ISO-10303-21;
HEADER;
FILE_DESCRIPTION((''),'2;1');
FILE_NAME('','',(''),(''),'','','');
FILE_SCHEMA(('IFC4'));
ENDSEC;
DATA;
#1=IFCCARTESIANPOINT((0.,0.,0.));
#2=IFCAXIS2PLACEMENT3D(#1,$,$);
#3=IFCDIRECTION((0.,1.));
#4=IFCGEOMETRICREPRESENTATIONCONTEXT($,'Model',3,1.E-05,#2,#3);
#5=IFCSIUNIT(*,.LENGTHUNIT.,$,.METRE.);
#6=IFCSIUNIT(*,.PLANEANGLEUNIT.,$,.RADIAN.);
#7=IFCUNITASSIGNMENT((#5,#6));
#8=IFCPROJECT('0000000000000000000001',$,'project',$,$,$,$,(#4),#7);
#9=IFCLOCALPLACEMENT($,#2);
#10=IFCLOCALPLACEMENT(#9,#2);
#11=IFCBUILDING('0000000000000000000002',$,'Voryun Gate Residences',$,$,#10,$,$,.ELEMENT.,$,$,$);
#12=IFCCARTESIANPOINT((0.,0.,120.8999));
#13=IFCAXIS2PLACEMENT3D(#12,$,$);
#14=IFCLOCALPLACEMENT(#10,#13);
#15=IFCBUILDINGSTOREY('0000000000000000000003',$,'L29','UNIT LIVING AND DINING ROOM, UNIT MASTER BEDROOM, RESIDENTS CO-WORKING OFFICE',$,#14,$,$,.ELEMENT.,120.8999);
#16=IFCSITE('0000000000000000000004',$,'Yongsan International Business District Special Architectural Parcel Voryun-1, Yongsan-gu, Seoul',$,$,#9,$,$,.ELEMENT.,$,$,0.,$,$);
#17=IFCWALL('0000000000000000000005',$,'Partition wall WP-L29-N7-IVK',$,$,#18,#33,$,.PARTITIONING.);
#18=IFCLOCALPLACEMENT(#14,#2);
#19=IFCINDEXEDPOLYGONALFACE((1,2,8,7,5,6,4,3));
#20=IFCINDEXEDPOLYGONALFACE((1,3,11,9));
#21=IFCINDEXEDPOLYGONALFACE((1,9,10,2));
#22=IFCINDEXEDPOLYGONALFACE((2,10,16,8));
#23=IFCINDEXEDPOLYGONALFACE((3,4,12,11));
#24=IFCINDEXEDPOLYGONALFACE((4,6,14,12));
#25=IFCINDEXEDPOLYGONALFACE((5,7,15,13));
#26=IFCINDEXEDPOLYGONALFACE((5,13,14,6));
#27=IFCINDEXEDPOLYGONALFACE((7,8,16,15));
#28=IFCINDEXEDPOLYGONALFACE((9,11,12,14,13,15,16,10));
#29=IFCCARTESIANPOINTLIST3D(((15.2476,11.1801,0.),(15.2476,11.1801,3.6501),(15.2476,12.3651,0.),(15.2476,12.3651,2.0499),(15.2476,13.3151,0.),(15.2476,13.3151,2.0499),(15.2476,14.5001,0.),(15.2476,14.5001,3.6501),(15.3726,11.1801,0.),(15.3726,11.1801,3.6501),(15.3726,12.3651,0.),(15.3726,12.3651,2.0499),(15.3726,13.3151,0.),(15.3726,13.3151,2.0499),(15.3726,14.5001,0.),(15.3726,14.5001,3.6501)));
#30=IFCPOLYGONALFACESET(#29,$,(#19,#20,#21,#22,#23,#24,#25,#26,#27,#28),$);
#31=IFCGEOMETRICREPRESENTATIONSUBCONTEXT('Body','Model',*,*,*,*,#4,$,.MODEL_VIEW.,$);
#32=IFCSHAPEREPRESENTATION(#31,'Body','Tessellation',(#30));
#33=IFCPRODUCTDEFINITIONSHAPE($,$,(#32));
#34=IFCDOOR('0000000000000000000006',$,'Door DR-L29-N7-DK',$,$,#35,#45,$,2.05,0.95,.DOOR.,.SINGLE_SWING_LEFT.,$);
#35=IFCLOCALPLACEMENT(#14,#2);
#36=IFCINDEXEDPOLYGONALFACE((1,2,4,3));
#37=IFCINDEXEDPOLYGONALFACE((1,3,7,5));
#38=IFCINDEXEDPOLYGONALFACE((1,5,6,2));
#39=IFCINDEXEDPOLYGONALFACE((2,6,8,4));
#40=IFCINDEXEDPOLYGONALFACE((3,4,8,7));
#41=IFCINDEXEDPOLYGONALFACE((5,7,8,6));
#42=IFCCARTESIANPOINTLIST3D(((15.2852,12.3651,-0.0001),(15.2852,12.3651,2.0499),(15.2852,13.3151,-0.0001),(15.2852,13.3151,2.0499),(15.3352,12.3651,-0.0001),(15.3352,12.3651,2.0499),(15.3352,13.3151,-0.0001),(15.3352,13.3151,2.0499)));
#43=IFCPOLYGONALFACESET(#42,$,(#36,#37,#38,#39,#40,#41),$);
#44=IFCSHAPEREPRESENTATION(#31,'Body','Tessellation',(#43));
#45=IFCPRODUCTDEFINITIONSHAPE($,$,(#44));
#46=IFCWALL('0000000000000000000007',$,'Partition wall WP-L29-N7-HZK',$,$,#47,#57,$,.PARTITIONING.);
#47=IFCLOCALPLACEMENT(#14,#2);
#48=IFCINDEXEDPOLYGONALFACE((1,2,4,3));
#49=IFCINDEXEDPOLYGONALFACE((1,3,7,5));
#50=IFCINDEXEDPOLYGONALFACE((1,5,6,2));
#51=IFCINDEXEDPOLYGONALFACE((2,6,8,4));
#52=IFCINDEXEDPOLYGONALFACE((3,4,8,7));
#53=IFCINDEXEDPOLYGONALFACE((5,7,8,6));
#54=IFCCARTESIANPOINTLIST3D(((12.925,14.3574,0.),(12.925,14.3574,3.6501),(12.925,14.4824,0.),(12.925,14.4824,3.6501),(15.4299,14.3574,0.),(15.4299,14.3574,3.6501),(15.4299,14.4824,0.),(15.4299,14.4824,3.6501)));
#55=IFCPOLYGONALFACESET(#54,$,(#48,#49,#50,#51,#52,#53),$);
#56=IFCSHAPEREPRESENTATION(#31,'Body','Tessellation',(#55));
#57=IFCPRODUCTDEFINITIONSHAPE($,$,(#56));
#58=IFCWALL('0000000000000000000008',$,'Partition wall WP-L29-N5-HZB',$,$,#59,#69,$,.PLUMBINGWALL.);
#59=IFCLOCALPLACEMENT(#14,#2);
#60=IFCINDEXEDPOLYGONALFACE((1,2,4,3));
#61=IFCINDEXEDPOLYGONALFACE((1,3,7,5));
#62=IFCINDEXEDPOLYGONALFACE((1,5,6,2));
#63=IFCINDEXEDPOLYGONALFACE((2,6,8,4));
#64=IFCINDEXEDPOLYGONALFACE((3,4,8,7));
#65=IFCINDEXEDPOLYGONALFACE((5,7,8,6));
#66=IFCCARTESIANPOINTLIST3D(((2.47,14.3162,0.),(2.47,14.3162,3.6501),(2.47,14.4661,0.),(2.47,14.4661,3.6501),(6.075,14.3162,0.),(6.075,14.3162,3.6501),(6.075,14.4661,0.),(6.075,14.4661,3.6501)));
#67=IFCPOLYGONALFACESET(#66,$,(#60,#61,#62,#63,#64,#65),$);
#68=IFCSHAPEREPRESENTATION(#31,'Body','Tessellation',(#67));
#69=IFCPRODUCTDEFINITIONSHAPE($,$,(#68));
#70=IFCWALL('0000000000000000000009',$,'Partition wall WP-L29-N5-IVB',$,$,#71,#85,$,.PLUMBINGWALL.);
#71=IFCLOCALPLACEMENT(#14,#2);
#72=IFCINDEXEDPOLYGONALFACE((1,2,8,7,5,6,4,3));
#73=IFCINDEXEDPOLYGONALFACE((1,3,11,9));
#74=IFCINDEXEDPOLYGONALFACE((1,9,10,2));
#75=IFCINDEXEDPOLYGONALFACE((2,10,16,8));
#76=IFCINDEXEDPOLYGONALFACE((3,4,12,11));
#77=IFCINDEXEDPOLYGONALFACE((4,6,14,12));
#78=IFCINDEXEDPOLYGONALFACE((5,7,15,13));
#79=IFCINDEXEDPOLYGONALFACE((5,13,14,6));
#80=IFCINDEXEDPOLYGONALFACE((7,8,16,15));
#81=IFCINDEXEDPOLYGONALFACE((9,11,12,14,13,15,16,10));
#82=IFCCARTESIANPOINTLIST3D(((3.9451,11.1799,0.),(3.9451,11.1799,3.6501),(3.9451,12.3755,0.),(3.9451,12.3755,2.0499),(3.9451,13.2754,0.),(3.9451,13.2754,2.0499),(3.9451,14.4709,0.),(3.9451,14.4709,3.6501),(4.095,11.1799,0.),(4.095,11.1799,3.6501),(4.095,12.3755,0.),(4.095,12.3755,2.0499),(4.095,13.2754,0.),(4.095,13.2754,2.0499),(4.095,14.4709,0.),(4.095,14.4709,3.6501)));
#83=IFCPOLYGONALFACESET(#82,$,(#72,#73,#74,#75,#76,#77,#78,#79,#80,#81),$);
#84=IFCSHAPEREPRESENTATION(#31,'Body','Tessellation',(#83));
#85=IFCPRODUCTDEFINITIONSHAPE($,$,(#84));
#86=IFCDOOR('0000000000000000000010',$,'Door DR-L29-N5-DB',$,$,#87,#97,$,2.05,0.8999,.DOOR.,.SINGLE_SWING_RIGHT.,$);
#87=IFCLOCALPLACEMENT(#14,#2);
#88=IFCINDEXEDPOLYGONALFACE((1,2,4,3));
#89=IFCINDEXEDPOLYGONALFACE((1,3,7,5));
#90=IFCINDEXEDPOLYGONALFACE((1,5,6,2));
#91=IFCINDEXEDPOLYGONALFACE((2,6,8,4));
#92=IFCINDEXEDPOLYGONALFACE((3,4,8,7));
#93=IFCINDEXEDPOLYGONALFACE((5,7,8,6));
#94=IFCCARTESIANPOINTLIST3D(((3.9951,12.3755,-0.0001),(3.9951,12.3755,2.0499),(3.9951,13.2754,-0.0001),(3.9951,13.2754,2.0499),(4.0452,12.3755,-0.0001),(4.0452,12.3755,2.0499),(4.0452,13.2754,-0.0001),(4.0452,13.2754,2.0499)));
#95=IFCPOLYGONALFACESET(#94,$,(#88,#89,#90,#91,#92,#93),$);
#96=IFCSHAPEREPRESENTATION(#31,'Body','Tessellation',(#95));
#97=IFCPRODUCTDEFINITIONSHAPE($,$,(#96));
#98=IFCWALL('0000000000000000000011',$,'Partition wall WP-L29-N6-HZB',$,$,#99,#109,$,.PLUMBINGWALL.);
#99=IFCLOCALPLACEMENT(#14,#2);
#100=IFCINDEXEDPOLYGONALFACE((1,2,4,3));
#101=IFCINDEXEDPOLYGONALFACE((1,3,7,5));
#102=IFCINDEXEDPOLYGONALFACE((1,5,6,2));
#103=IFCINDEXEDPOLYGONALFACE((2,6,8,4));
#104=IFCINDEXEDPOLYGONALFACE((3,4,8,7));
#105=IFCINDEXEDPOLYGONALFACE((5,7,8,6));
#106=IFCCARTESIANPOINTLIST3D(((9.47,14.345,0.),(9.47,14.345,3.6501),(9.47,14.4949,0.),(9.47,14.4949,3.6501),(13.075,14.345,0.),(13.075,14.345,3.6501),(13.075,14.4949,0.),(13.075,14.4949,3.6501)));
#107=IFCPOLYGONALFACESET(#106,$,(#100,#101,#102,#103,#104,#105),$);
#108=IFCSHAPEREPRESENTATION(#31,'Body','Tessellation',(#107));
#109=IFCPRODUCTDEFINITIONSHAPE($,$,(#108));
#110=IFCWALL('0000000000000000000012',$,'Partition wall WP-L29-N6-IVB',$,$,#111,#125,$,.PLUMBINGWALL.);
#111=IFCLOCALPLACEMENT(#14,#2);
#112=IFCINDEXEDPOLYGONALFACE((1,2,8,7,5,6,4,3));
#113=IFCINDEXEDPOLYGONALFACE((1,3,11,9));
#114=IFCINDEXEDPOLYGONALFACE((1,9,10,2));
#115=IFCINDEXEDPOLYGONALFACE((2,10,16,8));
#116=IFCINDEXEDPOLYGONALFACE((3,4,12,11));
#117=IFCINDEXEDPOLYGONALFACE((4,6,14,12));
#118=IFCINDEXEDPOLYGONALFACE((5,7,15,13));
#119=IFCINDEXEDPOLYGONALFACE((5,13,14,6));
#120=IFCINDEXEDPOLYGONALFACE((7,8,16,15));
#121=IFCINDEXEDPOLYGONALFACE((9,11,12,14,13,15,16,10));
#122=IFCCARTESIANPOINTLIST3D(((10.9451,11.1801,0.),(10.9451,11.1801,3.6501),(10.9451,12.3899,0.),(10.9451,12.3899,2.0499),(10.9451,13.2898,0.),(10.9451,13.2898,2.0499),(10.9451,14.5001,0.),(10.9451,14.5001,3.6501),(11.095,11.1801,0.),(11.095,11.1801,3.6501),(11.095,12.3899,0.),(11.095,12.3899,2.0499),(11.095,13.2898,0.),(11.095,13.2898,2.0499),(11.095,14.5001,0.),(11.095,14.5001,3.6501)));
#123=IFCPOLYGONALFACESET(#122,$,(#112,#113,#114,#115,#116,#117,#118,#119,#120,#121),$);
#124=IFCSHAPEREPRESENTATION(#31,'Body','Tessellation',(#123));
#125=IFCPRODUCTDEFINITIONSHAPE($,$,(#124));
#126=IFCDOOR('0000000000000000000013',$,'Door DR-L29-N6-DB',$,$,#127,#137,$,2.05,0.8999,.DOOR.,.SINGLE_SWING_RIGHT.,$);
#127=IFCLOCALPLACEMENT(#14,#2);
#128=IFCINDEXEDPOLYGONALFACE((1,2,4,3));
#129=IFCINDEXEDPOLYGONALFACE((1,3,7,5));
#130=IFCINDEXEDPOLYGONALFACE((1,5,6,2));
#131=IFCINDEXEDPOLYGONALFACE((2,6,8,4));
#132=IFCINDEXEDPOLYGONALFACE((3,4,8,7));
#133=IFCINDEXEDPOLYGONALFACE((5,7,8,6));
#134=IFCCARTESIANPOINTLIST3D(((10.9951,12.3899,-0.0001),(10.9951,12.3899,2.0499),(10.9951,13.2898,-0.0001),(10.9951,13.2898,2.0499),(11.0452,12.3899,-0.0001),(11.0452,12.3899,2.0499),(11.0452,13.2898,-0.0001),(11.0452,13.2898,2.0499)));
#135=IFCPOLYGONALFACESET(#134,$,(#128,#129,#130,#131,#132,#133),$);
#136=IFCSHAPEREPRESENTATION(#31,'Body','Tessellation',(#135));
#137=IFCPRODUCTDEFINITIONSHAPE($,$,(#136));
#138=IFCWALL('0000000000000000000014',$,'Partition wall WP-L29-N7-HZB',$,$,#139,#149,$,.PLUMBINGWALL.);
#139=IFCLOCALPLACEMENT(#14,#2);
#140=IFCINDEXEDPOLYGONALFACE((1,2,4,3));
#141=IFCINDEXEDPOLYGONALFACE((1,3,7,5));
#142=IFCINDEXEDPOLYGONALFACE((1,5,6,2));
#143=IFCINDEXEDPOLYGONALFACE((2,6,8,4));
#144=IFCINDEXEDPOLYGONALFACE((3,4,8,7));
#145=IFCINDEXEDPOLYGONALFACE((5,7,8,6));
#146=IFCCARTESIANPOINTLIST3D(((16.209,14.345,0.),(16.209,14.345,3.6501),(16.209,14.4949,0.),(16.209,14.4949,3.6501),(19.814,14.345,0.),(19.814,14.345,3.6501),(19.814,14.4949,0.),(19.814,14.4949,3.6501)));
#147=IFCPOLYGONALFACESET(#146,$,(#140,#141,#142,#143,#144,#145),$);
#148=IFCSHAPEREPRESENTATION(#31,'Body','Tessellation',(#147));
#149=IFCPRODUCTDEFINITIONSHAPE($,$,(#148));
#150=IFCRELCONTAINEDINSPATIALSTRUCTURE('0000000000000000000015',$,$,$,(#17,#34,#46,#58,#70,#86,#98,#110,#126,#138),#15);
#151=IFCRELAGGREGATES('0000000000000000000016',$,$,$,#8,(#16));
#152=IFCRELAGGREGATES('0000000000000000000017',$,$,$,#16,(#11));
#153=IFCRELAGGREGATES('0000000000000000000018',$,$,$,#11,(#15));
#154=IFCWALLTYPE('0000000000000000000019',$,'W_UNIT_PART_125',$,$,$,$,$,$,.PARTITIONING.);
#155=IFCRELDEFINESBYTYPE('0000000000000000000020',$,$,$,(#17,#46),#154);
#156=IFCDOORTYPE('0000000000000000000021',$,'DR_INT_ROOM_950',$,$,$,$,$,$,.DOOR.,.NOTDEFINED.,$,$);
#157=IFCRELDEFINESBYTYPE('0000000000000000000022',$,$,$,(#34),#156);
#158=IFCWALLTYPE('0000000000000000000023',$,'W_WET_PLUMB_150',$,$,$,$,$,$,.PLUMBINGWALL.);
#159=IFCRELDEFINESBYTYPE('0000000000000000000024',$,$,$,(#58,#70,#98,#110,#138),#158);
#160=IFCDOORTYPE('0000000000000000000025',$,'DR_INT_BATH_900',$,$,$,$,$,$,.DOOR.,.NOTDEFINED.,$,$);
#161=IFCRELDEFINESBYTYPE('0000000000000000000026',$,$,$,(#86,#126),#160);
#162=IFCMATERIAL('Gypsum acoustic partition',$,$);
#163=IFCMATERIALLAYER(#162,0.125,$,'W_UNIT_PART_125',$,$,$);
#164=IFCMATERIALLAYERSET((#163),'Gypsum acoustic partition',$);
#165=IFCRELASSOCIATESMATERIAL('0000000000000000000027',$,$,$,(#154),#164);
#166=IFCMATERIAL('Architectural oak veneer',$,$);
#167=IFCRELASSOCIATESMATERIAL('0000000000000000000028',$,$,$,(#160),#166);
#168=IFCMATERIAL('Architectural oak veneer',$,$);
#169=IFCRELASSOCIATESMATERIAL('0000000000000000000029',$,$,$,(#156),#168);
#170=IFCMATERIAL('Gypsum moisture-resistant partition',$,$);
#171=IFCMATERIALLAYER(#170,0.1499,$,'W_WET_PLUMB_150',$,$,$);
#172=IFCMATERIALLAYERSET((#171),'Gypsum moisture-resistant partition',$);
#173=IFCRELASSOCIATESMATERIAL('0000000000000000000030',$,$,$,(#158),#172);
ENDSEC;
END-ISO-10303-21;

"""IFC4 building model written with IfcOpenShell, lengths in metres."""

from ifc_helpers import new_model, si_unit, direction, frame, frame_2d, origin, place, context, subcontext, project, spatial, rectangle, extrude, material, layer, layer_set, type_object, element, fill, save


model = new_model("IFC4")

# Units and contexts
model_context = context("Model", 3, precision=1e-05, world=origin(), true_north=direction((0.0, 1.0)))
body_context = subcontext(model_context, "Body", "Model", "MODEL_VIEW")
ifc_project = project(units=[si_unit("LENGTHUNIT", "METRE"), si_unit("PLANEANGLEUNIT", "RADIAN")], contexts=[model_context])

# Site, building, storey
site_placement = place(None, origin())
site = spatial("IfcSite", under=ifc_project, at=site_placement, Name="Yongsan International Business District Special Architectural Parcel Voryun-1, Yongsan-gu, Seoul", CompositionType="ELEMENT", RefElevation=0.0)
building_placement = place(site_placement, origin())
building = spatial("IfcBuilding", under=site, at=building_placement, Name="Voryun Gate Residences", CompositionType="ELEMENT")
storey_placement = place(building_placement, frame((0.0, 0.0, 120.8999)))
storey = spatial("IfcBuildingStorey", under=building, at=storey_placement, Name="L29", Description="UNIT LIVING AND DINING ROOM, UNIT MASTER BEDROOM, RESIDENTS CO-WORKING OFFICE", CompositionType="ELEMENT", Elevation=120.8999)

# Shared definitions
ifc_material_1 = material(Name="Gypsum acoustic partition")
ifc_layer_1 = layer(ifc_material_1, 0.125, Name="W_UNIT_PART_125")
ifc_layer_set_1 = layer_set([ifc_layer_1], Name="Gypsum acoustic partition")
wall_type_1 = type_object("IfcWallType", Name="W_UNIT_PART_125", PredefinedType="PARTITIONING", material=ifc_layer_set_1)
ifc_material_2 = material(Name="Architectural oak veneer")
door_type_1 = type_object("IfcDoorType", Name="DR_INT_BATH_900", OperationType="NOTDEFINED", PredefinedType="DOOR", material=ifc_material_2)
ifc_material_3 = material(Name="Architectural oak veneer")
door_type_2 = type_object("IfcDoorType", Name="DR_INT_ROOM_950", OperationType="NOTDEFINED", PredefinedType="DOOR", material=ifc_material_3)

# Wall, opening, door
wall_1_placement = place(storey_placement, frame((15.3101, 11.1799, 0.0), z_axis=(0.0, 0.0, 1.0), x_axis=(0.0, 1.0, 0.0)))
wall_1 = element("IfcWall", 1, at=wall_1_placement, inside=storey, type_object=wall_type_1, Name="Partition wall WP-L29-N7-IVK", PredefinedType="PARTITIONING", context=body_context, shape_type="SweptSolid", body=[
    extrude(rectangle(XDim=3.3201, YDim=0.125, at=frame_2d((1.6602, 0.0))), origin(), (0.0, 0.0, 1.0), 3.6501),
])
opening_1_placement = place(wall_1_placement, frame((1.1851, 0.0, 0.0)))
opening_1 = element("IfcOpeningElement", 2, at=opening_1_placement, cuts=wall_1, PredefinedType="OPENING", context=body_context, shape_type="SweptSolid", body=[
    extrude(rectangle(XDim=0.95, YDim=2.05, at=frame_2d((0.4751, 1.0249))), frame((0.0, 0.0725, 0.0), z_axis=(0.0, -1.0, 0.0), x_axis=(1.0, 0.0, 0.0)), (0.0, 0.0, 1.0), 0.145),
])
door_1_placement = place(opening_1_placement, origin())
door_1 = element("IfcDoor", 3, at=door_1_placement, inside=storey, type_object=door_type_2, Name="Door DR-L29-N7-DK", OperationType="SINGLE_SWING_LEFT", OverallHeight=2.05, OverallWidth=0.95, PredefinedType="DOOR", context=body_context, shape_type="SweptSolid", body=[
    extrude(rectangle(XDim=0.95, YDim=2.05, at=frame_2d((0.4751, 1.0249))), frame((0.0, 0.0249, 0.0), z_axis=(0.0, -1.0, 0.0), x_axis=(1.0, 0.0, 0.0)), (0.0, 0.0, 1.0), 0.05),
])
fill(opening_1, door_1)

# Walls
wall_2_placement = place(storey_placement, frame((12.925, 14.4199, 0.0), z_axis=(0.0, 0.0, 1.0), x_axis=(1.0, 0.0, 0.0)))
element("IfcWall", 4, at=wall_2_placement, inside=storey, type_object=wall_type_1, Name="Partition wall WP-L29-N7-HZK", PredefinedType="PARTITIONING", context=body_context, shape_type="SweptSolid", body=[
    extrude(rectangle(XDim=2.5049, YDim=0.125, at=frame_2d((1.2524, 0.0))), origin(), (0.0, 0.0, 1.0), 3.6501),
])
ifc_material_4 = material(Name="Gypsum moisture-resistant partition")
ifc_layer_2 = layer(ifc_material_4, 0.1499, Name="W_WET_PLUMB_150")
ifc_layer_set_2 = layer_set([ifc_layer_2], Name="Gypsum moisture-resistant partition")
wall_type_2 = type_object("IfcWallType", Name="W_WET_PLUMB_150", PredefinedType="PLUMBINGWALL", material=ifc_layer_set_2)
wall_3_placement = place(storey_placement, frame((2.47, 14.3911, 0.0), z_axis=(0.0, 0.0, 1.0), x_axis=(1.0, 0.0, 0.0)))
element("IfcWall", 5, at=wall_3_placement, inside=storey, type_object=wall_type_2, Name="Partition wall WP-L29-N5-HZB", PredefinedType="PLUMBINGWALL", context=body_context, shape_type="SweptSolid", body=[
    extrude(rectangle(XDim=3.605, YDim=0.1499, at=frame_2d((1.8025, 0.0))), origin(), (0.0, 0.0, 1.0), 3.6501),
])

# Wall, opening, door
wall_4_placement = place(storey_placement, frame((4.02, 11.1799, 0.0), z_axis=(0.0, 0.0, 1.0), x_axis=(0.0, 1.0, 0.0)))
wall_4 = element("IfcWall", 6, at=wall_4_placement, inside=storey, type_object=wall_type_2, Name="Partition wall WP-L29-N5-IVB", PredefinedType="PLUMBINGWALL", context=body_context, shape_type="SweptSolid", body=[
    extrude(rectangle(XDim=3.291, YDim=0.1499, at=frame_2d((1.6455, 0.0))), origin(), (0.0, 0.0, 1.0), 3.6501),
])
opening_2_placement = place(wall_4_placement, frame((1.1956, 0.0, 0.0)))
opening_2 = element("IfcOpeningElement", 7, at=opening_2_placement, cuts=wall_4, PredefinedType="OPENING", context=body_context, shape_type="SweptSolid", body=[
    extrude(rectangle(XDim=0.8999, YDim=2.05, at=frame_2d((0.45, 1.0249))), frame((0.0, 0.085, 0.0), z_axis=(0.0, -1.0, 0.0), x_axis=(1.0, 0.0, 0.0)), (0.0, 0.0, 1.0), 0.1699),
])
door_2_placement = place(opening_2_placement, origin())
door_2 = element("IfcDoor", 8, at=door_2_placement, inside=storey, type_object=door_type_1, Name="Door DR-L29-N5-DB", OperationType="SINGLE_SWING_RIGHT", OverallHeight=2.05, OverallWidth=0.8999, PredefinedType="DOOR", context=body_context, shape_type="SweptSolid", body=[
    extrude(rectangle(XDim=0.8999, YDim=2.05, at=frame_2d((0.45, 1.0249))), frame((0.0, 0.0249, 0.0), z_axis=(0.0, -1.0, 0.0), x_axis=(1.0, 0.0, 0.0)), (0.0, 0.0, 1.0), 0.05),
])
fill(opening_2, door_2)

# Wall
wall_5_placement = place(storey_placement, frame((9.47, 14.4199, 0.0), z_axis=(0.0, 0.0, 1.0), x_axis=(1.0, 0.0, 0.0)))
element("IfcWall", 9, at=wall_5_placement, inside=storey, type_object=wall_type_2, Name="Partition wall WP-L29-N6-HZB", PredefinedType="PLUMBINGWALL", context=body_context, shape_type="SweptSolid", body=[
    extrude(rectangle(XDim=3.605, YDim=0.1499, at=frame_2d((1.8025, 0.0))), origin(), (0.0, 0.0, 1.0), 3.6501),
])

# Wall, opening, door
wall_6_placement = place(storey_placement, frame((11.02, 11.1799, 0.0), z_axis=(0.0, 0.0, 1.0), x_axis=(0.0, 1.0, 0.0)))
wall_6 = element("IfcWall", 10, at=wall_6_placement, inside=storey, type_object=wall_type_2, Name="Partition wall WP-L29-N6-IVB", PredefinedType="PLUMBINGWALL", context=body_context, shape_type="SweptSolid", body=[
    extrude(rectangle(XDim=3.3201, YDim=0.1499, at=frame_2d((1.6602, 0.0))), origin(), (0.0, 0.0, 1.0), 3.6501),
])
opening_3_placement = place(wall_6_placement, frame((1.21, 0.0, 0.0)))
opening_3 = element("IfcOpeningElement", 11, at=opening_3_placement, cuts=wall_6, PredefinedType="OPENING", context=body_context, shape_type="SweptSolid", body=[
    extrude(rectangle(XDim=0.8999, YDim=2.05, at=frame_2d((0.45, 1.0249))), frame((0.0, 0.085, 0.0), z_axis=(0.0, -1.0, 0.0), x_axis=(1.0, 0.0, 0.0)), (0.0, 0.0, 1.0), 0.1699),
])
door_3_placement = place(opening_3_placement, origin())
door_3 = element("IfcDoor", 12, at=door_3_placement, inside=storey, type_object=door_type_1, Name="Door DR-L29-N6-DB", OperationType="SINGLE_SWING_RIGHT", OverallHeight=2.05, OverallWidth=0.8999, PredefinedType="DOOR", context=body_context, shape_type="SweptSolid", body=[
    extrude(rectangle(XDim=0.8999, YDim=2.05, at=frame_2d((0.45, 1.0249))), frame((0.0, 0.0249, 0.0), z_axis=(0.0, -1.0, 0.0), x_axis=(1.0, 0.0, 0.0)), (0.0, 0.0, 1.0), 0.05),
])
fill(opening_3, door_3)

# Wall
wall_7_placement = place(storey_placement, frame((16.209, 14.4199, 0.0), z_axis=(0.0, 0.0, 1.0), x_axis=(1.0, 0.0, 0.0)))
element("IfcWall", 13, at=wall_7_placement, inside=storey, type_object=wall_type_2, Name="Partition wall WP-L29-N7-HZB", PredefinedType="PLUMBINGWALL", context=body_context, shape_type="SweptSolid", body=[
    extrude(rectangle(XDim=3.605, YDim=0.1499, at=frame_2d((1.8025, 0.0))), origin(), (0.0, 0.0, 1.0), 3.6501),
])

save(model, "model.ifc")
